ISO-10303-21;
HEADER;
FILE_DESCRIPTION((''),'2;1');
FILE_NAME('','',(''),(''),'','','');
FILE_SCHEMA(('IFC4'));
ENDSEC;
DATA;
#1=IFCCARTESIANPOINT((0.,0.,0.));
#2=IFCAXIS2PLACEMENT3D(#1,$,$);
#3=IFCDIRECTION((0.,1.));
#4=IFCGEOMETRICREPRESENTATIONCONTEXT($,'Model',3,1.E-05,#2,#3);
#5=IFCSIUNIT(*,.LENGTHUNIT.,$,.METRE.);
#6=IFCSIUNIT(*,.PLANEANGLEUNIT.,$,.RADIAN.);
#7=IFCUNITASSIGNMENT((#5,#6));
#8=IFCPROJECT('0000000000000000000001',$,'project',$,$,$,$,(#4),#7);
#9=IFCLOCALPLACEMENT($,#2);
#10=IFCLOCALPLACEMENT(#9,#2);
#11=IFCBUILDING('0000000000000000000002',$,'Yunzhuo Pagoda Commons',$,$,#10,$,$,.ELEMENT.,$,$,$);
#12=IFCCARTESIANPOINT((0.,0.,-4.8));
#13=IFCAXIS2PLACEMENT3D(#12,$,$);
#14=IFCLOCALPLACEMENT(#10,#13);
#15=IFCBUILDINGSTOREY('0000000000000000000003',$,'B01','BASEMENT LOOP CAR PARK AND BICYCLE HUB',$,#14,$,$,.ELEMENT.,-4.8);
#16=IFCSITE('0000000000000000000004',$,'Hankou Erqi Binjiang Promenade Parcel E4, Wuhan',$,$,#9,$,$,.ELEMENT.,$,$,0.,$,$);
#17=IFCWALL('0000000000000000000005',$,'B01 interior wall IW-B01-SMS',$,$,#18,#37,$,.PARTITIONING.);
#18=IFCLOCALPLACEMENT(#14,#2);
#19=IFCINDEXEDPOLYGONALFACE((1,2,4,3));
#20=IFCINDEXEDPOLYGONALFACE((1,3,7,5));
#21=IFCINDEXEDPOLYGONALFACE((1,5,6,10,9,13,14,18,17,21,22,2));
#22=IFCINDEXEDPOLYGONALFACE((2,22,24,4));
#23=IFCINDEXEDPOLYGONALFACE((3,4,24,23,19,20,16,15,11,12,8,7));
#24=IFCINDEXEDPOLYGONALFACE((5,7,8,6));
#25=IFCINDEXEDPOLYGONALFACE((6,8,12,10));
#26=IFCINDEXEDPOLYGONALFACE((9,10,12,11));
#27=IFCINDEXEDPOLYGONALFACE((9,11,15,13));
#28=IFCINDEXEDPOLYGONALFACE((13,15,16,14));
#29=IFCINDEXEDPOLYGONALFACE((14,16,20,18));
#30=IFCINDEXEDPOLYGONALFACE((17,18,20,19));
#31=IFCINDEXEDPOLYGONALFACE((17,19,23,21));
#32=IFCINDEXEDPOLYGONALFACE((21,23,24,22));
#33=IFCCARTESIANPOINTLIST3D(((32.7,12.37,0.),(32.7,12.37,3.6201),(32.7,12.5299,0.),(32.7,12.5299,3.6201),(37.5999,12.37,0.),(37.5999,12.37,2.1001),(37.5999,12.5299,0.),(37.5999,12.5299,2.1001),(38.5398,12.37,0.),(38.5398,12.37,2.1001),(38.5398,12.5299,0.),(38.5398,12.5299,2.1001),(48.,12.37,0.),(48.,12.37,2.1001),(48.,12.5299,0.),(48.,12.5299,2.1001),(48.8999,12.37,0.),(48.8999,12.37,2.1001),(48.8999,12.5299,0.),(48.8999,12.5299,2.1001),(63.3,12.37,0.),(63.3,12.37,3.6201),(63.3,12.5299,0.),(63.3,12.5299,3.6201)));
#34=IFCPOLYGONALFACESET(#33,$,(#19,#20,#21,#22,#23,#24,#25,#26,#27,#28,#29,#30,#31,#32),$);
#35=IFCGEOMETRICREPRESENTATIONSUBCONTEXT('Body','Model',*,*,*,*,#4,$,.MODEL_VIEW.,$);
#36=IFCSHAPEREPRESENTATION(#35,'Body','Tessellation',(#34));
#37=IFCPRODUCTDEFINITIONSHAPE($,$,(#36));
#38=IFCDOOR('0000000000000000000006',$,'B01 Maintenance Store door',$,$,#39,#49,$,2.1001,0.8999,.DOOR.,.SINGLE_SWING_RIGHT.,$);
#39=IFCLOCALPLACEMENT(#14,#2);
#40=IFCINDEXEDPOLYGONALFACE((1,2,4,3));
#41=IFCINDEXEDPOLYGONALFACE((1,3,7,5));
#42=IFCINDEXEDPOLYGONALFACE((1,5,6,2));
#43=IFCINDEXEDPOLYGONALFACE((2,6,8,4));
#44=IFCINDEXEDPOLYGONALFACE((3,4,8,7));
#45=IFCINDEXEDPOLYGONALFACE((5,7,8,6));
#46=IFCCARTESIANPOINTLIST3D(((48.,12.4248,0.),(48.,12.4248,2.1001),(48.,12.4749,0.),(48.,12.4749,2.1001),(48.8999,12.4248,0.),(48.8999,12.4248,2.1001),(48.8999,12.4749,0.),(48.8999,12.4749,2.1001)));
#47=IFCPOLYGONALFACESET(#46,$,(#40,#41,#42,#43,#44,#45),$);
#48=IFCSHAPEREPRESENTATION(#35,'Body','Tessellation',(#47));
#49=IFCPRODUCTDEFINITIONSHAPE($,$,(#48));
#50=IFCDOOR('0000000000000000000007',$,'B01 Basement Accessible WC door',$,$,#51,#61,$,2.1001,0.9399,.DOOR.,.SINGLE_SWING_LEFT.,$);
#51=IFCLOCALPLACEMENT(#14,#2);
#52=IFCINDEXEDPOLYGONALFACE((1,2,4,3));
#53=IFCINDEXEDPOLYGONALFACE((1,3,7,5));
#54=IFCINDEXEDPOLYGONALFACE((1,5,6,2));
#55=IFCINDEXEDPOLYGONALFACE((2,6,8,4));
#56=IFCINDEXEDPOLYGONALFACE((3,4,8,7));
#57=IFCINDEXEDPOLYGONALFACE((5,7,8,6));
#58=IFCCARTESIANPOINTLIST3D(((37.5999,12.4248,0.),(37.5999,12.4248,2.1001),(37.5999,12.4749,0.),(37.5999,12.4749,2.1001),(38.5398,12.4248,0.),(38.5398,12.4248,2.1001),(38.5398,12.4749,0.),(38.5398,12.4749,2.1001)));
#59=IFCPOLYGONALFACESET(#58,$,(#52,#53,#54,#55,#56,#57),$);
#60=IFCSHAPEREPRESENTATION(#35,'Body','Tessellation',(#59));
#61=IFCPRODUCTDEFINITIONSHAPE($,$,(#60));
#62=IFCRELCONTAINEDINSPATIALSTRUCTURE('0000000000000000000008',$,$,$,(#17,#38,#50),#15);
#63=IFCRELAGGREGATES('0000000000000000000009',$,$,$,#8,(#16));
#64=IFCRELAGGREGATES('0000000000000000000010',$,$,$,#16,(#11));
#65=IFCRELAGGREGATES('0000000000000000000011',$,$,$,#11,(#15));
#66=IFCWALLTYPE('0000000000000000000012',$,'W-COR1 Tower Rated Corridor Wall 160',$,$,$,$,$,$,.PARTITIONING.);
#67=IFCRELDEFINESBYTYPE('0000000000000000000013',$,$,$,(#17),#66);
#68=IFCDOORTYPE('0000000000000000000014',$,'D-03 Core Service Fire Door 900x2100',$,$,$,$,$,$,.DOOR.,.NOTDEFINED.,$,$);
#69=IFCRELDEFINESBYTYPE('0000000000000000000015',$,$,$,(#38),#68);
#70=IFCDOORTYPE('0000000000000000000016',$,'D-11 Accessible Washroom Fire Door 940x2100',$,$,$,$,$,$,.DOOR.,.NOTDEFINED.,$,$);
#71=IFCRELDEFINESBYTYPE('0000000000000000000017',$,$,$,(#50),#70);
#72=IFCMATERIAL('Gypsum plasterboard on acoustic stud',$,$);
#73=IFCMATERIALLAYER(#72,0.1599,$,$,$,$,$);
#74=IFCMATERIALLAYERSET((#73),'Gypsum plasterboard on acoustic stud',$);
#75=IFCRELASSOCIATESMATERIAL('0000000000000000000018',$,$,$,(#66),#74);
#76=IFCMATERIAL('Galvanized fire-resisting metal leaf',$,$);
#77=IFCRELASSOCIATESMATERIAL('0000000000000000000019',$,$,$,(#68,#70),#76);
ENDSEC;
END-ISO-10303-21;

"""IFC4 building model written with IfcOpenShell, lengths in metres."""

from ifc_helpers import new_model, si_unit, direction, frame, frame_2d, origin, origin_with_axes, place, context, subcontext, project, spatial, rectangle, extrude, source, transform, mapped, material, layer, layer_set, type_object, element, fill, save


model = new_model("IFC4")

# Units and contexts
model_context = context("Model", 3, precision=1e-05, world=origin(), true_north=direction((0.0, 1.0)))
body_context = subcontext(model_context, "Body", "Model", "MODEL_VIEW")
ifc_project = project(units=[si_unit("LENGTHUNIT", "METRE"), si_unit("PLANEANGLEUNIT", "RADIAN")], contexts=[model_context])

# Site, building, storey
site_placement = place(None, origin())
site = spatial("IfcSite", under=ifc_project, at=site_placement, Name="Hankou Erqi Binjiang Promenade Parcel E4, Wuhan", CompositionType="ELEMENT", RefElevation=0.0)
building_placement = place(site_placement, origin())
building = spatial("IfcBuilding", under=site, at=building_placement, Name="Yunzhuo Pagoda Commons", CompositionType="ELEMENT")
storey_placement = place(building_placement, frame((0.0, 0.0, -4.8)))
storey = spatial("IfcBuildingStorey", under=building, at=storey_placement, Name="B01", Description="BASEMENT LOOP CAR PARK AND BICYCLE HUB", CompositionType="ELEMENT", Elevation=-4.8)

# Shared definitions
ifc_material_1 = material(Name="Gypsum plasterboard on acoustic stud")
ifc_layer = layer(ifc_material_1, 0.1599)
ifc_layer_set = layer_set([ifc_layer], Name="Gypsum plasterboard on acoustic stud")
wall_type = type_object("IfcWallType", Name="W-COR1 Tower Rated Corridor Wall 160", PredefinedType="PARTITIONING", material=ifc_layer_set)

# Wall, openings, doors
wall_1_placement = place(storey_placement, frame((32.7, 12.45, 0.0), z_axis=(0.0, 0.0, 1.0), x_axis=(1.0, 0.0, 0.0)))
wall_1 = element("IfcWall", 1, at=wall_1_placement, inside=storey, type_object=wall_type, Name="B01 interior wall IW-B01-SMS", PredefinedType="PARTITIONING", context=body_context, shape_type="SweptSolid", body=[
    extrude(rectangle(XDim=30.6001, YDim=0.1599, at=frame_2d((15.3, 0.0))), origin(), (0.0, 0.0, 1.0), 3.6201),
])
opening_1_placement = place(wall_1_placement, frame((4.8999, 0.0, 0.0)))
opening_1 = element("IfcOpeningElement", 2, at=opening_1_placement, cuts=wall_1, PredefinedType="OPENING", context=body_context, shape_type="SweptSolid", body=[
    extrude(rectangle(XDim=0.9399, YDim=2.1001, at=frame_2d((0.47, 1.05))), frame((0.0, 0.0898, 0.0), z_axis=(0.0, -1.0, 0.0), x_axis=(1.0, 0.0, 0.0)), (0.0, 0.0, 1.0), 0.1799),
])
opening_2_placement = place(wall_1_placement, frame((15.3, 0.0, 0.0)))
opening_2 = element("IfcOpeningElement", 3, at=opening_2_placement, cuts=wall_1, PredefinedType="OPENING", context=body_context, shape_type="SweptSolid", body=[
    extrude(rectangle(XDim=0.8999, YDim=2.1001, at=frame_2d((0.45, 1.05))), frame((0.0, 0.0898, 0.0), z_axis=(0.0, -1.0, 0.0), x_axis=(1.0, 0.0, 0.0)), (0.0, 0.0, 1.0), 0.1799),
])
ifc_material_2 = material(Name="Galvanized fire-resisting metal leaf")
door_type_1 = type_object("IfcDoorType", Name="D-03 Core Service Fire Door 900x2100", OperationType="NOTDEFINED", PredefinedType="DOOR", material=ifc_material_2)
shared_shape_1 = source(origin(), body_context, "Body", "SweptSolid", [
    extrude(rectangle(XDim=0.8999, YDim=2.1001, at=frame_2d((0.45, 1.05))), frame((0.0, 0.0249, 0.0), z_axis=(0.0, -1.0, 0.0), x_axis=(1.0, 0.0, 0.0)), (0.0, 0.0, 1.0), 0.05),
])
door_1_placement = place(opening_2_placement, origin_with_axes())
door_1 = element("IfcDoor", 4, at=door_1_placement, inside=storey, type_object=door_type_1, Name="B01 Maintenance Store door", OperationType="SINGLE_SWING_RIGHT", OverallHeight=2.1001, OverallWidth=0.8999, PredefinedType="DOOR", context=body_context, shape_type="MappedRepresentation", body=[
    mapped(shared_shape_1, transform((0.0, 0.0, 0.0), scale=1.0)),
])
fill(opening_2, door_1)
door_type_2 = type_object("IfcDoorType", Name="D-11 Accessible Washroom Fire Door 940x2100", OperationType="NOTDEFINED", PredefinedType="DOOR", material=ifc_material_2)
shared_shape_2 = source(origin(), body_context, "Body", "SweptSolid", [
    extrude(rectangle(XDim=0.9399, YDim=2.1001, at=frame_2d((0.47, 1.05))), frame((0.0, 0.0249, 0.0), z_axis=(0.0, -1.0, 0.0), x_axis=(1.0, 0.0, 0.0)), (0.0, 0.0, 1.0), 0.05),
])
door_2_placement = place(opening_1_placement, origin_with_axes())
door_2 = element("IfcDoor", 5, at=door_2_placement, inside=storey, type_object=door_type_2, Name="B01 Basement Accessible WC door", OperationType="SINGLE_SWING_LEFT", OverallHeight=2.1001, OverallWidth=0.9399, PredefinedType="DOOR", context=body_context, shape_type="MappedRepresentation", body=[
    mapped(shared_shape_2, transform((0.0, 0.0, 0.0), scale=1.0)),
])
fill(opening_1, door_2)

save(model, "model.ifc")
